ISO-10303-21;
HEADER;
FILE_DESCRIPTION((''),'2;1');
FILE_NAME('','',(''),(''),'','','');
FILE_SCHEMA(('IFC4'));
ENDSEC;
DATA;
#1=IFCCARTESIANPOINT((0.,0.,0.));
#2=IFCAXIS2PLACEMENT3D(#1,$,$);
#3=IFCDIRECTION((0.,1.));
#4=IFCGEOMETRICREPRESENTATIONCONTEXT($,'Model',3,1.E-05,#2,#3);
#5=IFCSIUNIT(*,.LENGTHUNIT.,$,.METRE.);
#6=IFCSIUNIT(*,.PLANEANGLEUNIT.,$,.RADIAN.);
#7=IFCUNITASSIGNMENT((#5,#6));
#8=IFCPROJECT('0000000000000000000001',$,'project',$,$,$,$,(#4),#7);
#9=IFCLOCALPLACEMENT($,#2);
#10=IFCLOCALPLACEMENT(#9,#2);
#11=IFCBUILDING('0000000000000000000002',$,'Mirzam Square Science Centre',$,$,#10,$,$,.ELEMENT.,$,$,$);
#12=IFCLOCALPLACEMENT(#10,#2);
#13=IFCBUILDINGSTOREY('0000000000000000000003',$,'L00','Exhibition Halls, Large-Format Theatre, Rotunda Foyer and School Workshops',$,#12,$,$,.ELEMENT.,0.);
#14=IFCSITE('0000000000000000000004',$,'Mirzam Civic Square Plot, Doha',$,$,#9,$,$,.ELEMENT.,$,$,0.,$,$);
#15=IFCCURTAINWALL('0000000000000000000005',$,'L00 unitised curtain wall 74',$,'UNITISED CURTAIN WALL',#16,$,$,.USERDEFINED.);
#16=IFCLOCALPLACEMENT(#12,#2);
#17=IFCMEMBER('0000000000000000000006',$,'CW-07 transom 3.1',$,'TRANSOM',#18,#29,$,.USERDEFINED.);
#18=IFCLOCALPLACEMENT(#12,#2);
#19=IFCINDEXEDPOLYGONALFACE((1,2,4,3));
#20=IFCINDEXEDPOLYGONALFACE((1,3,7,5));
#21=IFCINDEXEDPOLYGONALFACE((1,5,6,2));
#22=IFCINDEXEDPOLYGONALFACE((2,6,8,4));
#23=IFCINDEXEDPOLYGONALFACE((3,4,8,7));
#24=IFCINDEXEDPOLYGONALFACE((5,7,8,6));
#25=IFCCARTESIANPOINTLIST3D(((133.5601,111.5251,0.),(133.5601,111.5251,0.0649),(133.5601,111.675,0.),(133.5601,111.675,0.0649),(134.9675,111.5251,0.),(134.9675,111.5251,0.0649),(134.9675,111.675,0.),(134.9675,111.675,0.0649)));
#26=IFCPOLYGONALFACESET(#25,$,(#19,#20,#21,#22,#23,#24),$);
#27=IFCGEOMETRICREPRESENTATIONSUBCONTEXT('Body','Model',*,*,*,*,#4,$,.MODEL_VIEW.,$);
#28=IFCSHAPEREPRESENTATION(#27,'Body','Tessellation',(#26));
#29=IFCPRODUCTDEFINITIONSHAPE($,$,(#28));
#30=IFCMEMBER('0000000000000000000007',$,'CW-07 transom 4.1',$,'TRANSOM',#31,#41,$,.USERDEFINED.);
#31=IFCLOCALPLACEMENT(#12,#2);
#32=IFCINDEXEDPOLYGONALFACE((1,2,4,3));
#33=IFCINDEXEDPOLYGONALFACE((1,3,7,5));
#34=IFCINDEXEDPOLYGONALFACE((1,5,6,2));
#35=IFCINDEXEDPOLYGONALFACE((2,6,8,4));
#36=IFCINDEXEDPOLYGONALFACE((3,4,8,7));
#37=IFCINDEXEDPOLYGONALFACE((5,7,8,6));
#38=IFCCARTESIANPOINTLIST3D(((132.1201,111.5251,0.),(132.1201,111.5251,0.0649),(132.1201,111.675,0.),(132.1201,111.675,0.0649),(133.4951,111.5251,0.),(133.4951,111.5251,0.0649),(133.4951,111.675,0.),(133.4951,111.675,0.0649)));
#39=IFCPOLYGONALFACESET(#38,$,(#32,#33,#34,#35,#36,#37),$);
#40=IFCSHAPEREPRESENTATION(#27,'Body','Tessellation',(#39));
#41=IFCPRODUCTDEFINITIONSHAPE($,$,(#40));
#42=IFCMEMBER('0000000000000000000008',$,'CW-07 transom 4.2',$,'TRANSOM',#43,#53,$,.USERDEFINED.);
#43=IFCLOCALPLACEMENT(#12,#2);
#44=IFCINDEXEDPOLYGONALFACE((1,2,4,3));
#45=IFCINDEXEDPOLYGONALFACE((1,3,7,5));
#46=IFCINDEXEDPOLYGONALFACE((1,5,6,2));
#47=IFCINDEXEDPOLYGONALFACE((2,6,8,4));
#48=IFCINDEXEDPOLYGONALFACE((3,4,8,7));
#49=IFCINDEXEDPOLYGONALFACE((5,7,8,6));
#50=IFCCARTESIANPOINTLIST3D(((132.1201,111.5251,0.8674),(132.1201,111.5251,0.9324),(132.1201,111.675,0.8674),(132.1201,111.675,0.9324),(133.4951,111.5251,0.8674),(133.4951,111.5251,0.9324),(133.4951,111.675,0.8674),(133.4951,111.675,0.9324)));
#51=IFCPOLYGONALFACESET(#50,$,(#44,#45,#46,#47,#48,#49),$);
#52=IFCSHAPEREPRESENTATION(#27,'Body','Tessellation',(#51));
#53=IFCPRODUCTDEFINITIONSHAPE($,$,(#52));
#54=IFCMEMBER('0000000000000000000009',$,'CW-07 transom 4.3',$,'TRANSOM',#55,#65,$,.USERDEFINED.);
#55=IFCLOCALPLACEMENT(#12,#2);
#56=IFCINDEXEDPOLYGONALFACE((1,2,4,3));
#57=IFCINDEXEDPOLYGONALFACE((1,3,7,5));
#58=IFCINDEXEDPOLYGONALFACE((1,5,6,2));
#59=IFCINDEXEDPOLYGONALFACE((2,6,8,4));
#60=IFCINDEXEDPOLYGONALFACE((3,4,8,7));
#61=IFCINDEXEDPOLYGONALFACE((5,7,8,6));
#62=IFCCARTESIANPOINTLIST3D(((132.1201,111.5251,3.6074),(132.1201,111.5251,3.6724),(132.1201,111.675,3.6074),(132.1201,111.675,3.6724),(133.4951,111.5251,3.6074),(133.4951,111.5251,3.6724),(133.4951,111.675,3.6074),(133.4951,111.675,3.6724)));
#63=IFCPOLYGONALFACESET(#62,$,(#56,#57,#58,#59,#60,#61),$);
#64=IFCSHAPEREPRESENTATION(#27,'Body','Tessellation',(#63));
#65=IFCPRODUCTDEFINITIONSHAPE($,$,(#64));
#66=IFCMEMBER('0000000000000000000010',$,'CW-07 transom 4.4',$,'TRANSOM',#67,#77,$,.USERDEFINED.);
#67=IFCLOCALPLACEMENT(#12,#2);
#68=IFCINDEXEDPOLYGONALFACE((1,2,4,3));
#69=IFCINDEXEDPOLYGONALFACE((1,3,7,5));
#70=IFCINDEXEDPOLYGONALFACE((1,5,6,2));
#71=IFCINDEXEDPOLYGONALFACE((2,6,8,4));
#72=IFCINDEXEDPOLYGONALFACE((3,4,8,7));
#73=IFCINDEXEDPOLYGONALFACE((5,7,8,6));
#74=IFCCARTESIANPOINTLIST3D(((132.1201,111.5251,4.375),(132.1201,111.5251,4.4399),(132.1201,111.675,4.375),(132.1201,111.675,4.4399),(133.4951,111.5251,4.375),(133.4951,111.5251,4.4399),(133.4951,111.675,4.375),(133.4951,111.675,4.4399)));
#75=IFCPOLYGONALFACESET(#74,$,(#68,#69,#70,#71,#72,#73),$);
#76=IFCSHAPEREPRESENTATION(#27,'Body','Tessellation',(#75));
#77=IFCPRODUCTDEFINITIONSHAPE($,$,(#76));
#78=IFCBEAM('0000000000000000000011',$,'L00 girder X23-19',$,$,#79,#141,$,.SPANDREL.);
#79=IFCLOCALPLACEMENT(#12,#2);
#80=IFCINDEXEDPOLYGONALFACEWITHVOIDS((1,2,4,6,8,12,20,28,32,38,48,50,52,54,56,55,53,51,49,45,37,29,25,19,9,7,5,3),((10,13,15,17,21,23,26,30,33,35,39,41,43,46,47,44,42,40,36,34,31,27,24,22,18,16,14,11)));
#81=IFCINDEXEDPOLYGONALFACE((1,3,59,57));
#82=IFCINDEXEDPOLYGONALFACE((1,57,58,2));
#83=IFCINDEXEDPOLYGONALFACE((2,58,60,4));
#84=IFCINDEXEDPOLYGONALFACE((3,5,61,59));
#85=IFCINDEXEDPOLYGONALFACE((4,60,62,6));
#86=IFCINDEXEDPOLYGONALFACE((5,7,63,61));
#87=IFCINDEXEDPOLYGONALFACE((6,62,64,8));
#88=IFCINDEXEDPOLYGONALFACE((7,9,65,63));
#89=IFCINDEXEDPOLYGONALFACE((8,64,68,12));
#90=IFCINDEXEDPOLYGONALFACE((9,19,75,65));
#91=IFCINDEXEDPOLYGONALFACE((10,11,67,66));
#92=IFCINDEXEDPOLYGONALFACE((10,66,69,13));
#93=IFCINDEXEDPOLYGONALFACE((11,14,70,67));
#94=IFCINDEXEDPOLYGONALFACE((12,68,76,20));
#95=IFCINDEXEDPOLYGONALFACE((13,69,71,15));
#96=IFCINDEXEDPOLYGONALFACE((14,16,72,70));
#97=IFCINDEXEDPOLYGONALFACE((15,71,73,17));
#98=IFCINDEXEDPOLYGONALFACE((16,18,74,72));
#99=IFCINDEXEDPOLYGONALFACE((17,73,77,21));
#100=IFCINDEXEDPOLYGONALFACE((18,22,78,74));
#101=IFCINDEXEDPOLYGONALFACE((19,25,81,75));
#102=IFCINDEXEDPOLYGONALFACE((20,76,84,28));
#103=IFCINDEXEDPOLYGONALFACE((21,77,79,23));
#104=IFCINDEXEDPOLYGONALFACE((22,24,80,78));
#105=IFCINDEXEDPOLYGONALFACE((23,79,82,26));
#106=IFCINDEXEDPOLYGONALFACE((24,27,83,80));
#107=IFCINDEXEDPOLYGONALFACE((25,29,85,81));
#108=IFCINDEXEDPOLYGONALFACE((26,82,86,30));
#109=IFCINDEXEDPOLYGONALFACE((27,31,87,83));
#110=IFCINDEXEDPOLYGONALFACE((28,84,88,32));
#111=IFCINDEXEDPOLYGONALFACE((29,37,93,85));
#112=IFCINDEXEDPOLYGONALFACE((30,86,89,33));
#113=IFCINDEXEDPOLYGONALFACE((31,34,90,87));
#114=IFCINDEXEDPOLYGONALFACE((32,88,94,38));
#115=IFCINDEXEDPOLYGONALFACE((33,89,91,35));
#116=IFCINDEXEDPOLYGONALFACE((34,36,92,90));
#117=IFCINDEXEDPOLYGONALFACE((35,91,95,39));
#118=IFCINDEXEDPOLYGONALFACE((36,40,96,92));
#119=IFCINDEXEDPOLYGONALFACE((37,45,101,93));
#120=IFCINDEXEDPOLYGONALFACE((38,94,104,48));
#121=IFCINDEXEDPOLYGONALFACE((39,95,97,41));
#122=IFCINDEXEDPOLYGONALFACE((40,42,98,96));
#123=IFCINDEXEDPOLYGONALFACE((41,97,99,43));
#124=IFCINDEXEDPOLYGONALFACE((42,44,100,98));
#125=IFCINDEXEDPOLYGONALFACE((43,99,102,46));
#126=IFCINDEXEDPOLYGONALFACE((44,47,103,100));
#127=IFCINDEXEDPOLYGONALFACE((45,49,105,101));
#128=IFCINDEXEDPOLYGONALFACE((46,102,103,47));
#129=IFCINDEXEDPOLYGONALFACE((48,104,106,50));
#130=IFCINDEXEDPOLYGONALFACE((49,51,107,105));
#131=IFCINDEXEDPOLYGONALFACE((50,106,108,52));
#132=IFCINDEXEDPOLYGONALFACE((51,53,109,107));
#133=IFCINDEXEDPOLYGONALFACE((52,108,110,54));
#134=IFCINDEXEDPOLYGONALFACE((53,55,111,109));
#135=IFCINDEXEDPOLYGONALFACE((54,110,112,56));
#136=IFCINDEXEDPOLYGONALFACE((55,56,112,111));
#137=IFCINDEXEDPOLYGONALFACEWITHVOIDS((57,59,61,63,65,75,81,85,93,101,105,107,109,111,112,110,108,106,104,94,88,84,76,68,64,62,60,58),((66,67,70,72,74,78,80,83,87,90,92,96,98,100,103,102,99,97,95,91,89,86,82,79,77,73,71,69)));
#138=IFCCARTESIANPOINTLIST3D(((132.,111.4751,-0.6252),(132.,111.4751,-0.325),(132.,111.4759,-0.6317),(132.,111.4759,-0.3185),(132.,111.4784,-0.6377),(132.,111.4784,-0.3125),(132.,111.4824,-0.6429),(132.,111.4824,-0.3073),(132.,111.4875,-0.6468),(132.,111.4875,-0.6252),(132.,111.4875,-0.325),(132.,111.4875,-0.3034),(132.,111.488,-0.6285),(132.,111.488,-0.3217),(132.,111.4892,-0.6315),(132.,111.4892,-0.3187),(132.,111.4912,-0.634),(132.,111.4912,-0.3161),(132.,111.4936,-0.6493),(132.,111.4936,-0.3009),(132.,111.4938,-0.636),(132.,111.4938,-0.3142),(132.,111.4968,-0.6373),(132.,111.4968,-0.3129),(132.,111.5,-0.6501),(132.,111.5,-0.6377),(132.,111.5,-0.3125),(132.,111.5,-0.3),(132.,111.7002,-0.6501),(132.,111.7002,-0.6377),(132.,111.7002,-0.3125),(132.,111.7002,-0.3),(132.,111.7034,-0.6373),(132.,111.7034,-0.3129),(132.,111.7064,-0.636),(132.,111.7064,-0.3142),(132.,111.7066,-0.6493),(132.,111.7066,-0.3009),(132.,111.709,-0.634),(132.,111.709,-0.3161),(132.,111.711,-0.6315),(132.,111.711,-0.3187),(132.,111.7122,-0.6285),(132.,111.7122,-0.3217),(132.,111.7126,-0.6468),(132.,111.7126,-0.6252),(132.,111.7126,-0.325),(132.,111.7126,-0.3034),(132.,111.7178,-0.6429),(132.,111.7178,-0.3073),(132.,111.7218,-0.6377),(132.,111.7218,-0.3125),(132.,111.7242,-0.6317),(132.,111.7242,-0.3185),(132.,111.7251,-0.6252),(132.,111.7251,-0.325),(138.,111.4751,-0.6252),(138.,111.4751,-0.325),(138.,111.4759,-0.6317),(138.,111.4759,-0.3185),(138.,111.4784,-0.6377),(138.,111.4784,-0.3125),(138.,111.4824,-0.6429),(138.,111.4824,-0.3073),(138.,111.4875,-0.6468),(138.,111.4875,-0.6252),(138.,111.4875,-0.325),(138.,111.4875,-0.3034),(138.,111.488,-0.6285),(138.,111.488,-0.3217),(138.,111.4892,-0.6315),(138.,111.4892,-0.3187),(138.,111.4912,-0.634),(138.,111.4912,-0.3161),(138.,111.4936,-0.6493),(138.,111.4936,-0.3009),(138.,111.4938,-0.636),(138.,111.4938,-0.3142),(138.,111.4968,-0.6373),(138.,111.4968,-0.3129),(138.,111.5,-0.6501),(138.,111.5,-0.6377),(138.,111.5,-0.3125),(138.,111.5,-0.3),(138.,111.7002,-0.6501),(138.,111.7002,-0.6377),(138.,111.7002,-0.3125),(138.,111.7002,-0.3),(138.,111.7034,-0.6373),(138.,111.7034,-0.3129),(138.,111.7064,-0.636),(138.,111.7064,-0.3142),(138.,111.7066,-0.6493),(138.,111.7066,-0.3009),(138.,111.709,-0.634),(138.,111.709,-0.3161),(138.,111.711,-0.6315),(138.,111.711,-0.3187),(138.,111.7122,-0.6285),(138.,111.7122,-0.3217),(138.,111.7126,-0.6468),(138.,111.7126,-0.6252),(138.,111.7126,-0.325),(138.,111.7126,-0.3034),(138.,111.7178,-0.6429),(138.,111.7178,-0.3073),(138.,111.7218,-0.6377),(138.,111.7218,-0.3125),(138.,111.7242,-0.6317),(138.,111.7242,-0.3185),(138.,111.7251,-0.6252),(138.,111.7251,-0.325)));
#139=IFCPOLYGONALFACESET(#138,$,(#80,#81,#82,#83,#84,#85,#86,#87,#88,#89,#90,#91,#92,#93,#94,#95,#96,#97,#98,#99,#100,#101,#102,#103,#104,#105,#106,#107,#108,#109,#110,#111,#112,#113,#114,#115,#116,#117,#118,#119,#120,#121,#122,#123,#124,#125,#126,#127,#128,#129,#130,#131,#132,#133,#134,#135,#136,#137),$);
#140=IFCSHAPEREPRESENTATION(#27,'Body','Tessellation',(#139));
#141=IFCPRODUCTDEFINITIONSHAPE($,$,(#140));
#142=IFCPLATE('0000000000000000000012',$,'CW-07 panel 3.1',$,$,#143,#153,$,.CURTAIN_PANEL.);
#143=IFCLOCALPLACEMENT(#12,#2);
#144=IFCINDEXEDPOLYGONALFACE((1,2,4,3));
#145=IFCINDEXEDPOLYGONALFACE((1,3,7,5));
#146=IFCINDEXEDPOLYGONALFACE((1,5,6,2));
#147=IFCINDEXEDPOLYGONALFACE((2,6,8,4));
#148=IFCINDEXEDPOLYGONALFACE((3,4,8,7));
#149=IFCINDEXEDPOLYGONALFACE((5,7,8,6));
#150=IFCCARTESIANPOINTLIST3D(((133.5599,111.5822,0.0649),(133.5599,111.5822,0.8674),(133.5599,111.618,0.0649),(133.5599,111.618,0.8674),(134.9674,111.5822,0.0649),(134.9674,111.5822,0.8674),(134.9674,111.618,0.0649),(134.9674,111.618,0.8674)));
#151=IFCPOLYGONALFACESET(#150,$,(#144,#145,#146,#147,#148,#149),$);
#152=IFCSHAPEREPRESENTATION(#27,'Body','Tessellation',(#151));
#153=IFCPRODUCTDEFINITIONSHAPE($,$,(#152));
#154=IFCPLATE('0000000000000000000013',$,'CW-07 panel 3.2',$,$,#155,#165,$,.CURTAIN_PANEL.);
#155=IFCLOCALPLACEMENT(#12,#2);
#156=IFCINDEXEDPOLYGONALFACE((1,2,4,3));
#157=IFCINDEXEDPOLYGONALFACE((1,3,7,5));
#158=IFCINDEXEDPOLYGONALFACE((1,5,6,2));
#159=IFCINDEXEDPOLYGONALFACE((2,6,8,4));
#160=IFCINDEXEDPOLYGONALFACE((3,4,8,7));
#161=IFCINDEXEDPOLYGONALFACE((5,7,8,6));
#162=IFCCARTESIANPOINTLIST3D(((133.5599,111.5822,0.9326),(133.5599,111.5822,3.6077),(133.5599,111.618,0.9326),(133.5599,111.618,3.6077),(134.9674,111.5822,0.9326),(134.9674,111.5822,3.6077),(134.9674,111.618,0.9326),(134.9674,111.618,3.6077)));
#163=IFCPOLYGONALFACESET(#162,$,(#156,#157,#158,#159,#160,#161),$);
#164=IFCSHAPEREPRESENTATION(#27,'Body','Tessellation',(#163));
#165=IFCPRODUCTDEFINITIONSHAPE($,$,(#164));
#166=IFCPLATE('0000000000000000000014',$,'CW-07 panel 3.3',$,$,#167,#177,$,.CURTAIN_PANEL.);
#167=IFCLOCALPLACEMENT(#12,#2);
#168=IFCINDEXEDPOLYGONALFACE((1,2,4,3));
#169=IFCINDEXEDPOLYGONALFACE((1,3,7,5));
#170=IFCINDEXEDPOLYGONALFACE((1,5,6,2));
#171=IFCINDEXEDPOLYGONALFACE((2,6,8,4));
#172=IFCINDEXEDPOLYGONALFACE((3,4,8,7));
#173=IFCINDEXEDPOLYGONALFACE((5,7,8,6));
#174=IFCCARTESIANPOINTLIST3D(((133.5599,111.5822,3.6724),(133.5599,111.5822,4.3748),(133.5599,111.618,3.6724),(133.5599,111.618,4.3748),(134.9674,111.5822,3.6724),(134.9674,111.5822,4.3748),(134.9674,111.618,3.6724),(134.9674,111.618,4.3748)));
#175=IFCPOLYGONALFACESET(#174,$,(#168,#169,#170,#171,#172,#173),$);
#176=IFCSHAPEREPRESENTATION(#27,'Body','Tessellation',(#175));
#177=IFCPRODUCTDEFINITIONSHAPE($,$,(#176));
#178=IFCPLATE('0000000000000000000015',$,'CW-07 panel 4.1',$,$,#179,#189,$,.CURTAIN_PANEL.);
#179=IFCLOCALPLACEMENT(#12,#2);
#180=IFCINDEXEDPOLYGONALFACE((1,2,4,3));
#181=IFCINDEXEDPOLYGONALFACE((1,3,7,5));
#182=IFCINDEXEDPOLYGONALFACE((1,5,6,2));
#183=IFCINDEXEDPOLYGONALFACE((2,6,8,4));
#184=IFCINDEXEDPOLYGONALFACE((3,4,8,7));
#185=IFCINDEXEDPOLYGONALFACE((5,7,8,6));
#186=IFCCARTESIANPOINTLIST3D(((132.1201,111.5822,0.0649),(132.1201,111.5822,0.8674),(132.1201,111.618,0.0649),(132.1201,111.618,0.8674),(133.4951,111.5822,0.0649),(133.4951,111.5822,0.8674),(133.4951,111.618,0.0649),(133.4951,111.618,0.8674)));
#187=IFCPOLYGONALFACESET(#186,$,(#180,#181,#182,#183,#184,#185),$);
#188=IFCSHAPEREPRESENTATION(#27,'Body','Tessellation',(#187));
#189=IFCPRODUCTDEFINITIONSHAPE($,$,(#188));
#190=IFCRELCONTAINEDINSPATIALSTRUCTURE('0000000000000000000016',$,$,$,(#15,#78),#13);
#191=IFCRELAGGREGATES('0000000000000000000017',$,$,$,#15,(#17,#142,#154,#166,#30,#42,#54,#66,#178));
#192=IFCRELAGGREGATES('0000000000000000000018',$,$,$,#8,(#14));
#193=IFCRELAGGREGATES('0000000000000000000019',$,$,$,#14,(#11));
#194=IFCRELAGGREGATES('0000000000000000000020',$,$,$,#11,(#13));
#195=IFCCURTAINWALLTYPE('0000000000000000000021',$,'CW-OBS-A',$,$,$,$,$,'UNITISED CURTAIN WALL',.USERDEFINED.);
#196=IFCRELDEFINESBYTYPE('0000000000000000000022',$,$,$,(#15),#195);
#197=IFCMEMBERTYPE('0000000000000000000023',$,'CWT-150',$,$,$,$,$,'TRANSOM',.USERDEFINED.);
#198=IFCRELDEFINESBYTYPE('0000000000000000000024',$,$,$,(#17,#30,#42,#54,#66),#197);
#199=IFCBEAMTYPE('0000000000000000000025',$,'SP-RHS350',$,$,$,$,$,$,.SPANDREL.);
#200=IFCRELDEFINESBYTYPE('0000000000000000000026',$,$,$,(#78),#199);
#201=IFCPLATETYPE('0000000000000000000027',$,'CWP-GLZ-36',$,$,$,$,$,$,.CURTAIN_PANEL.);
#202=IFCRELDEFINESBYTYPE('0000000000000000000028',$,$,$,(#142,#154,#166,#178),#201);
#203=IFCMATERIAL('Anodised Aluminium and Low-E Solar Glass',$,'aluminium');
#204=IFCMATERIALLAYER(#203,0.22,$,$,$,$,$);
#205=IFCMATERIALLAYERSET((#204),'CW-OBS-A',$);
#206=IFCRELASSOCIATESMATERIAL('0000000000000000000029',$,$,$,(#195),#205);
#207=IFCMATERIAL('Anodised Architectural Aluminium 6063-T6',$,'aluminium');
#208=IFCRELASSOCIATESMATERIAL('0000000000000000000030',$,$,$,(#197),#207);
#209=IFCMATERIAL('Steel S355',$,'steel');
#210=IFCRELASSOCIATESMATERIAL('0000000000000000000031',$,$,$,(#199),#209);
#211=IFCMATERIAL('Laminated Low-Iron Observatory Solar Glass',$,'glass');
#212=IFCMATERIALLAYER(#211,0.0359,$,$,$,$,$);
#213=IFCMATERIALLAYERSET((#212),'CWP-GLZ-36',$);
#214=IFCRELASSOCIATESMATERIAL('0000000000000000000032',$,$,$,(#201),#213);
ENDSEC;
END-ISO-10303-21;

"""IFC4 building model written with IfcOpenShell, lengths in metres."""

from ifc_helpers import new_model, si_unit, direction, frame, origin, origin_2d, place, context, subcontext, project, spatial, rectangle, hollow_rectangle, extrude, material, layer, layer_set, material_profile, profile_set, type_object, element, aggregate, save


model = new_model("IFC4")

# Units and contexts
model_context = context("Model", 3, precision=1e-05, world=origin(), true_north=direction((0.0, 1.0)))
body_context = subcontext(model_context, "Body", "Model", "MODEL_VIEW")
ifc_project = project(units=[si_unit("LENGTHUNIT", "METRE"), si_unit("PLANEANGLEUNIT", "RADIAN")], contexts=[model_context])

# Site, building, storey
site_placement = place(None, origin())
site = spatial("IfcSite", under=ifc_project, at=site_placement, Name="Mirzam Civic Square Plot, Doha", CompositionType="ELEMENT", RefElevation=0.0)
building_placement = place(site_placement, origin())
building = spatial("IfcBuilding", under=site, at=building_placement, Name="Mirzam Square Science Centre", CompositionType="ELEMENT")
storey_placement = place(building_placement, origin())
storey = spatial("IfcBuildingStorey", under=building, at=storey_placement, Name="L00", Description="Exhibition Halls, Large-Format Theatre, Rotunda Foyer and School Workshops", CompositionType="ELEMENT", Elevation=0.0)

# Shared definitions
ifc_material_1 = material(Name="Steel S355", Category="steel")

# Curtain wall, members
ifc_material_2 = material(Name="Anodised Aluminium and Low-E Solar Glass", Category="aluminium")
ifc_layer_1 = layer(ifc_material_2, 0.22)
ifc_layer_set_1 = layer_set([ifc_layer_1], Name="CW-OBS-A")
curtain_wall_type = type_object("IfcCurtainWallType", Name="CW-OBS-A", ElementType="UNITISED CURTAIN WALL", PredefinedType="USERDEFINED", material=ifc_layer_set_1)
curtain_wall_placement = place(storey_placement, origin())
curtain_wall = element("IfcCurtainWall", 1, at=curtain_wall_placement, inside=storey, type_object=curtain_wall_type, Name="L00 unitised curtain wall 74", ObjectType="UNITISED CURTAIN WALL", PredefinedType="USERDEFINED")
ifc_material_3 = material(Name="Anodised Architectural Aluminium 6063-T6", Category="aluminium")
ifc_material_profile_1 = material_profile(ifc_material_3, rectangle(XDim=0.1499, YDim=0.0649, at=origin_2d()), Name="ALU-TRAN-150x65x4")
ifc_profile_set_1 = profile_set([ifc_material_profile_1], Name="Anodised Architectural Aluminium 6063-T6")
member_type_1 = type_object("IfcMemberType", Name="CWT-150", ElementType="TRANSOM", PredefinedType="USERDEFINED", material=ifc_profile_set_1)
member_1_placement = place(storey_placement, frame((134.9675, 111.6001, 0.0325), z_axis=(-1.0, 0.0, 0.0), x_axis=(0.0, -1.0, 0.0)))
member_1 = element("IfcMember", 2, at=member_1_placement, type_object=member_type_1, Name="CW-07 transom 3.1", ObjectType="TRANSOM", PredefinedType="USERDEFINED", context=body_context, shape_type="SweptSolid", body=[
    extrude(rectangle(XDim=0.1499, YDim=0.0649, at=origin_2d()), origin(), (0.0, 0.0, 1.0), 1.4075),
])
member_2_placement = place(storey_placement, frame((133.4951, 111.6001, 0.0325), z_axis=(-1.0, 0.0, 0.0), x_axis=(0.0, -1.0, 0.0)))
member_2 = element("IfcMember", 3, at=member_2_placement, type_object=member_type_1, Name="CW-07 transom 4.1", ObjectType="TRANSOM", PredefinedType="USERDEFINED", context=body_context, shape_type="SweptSolid", body=[
    extrude(rectangle(XDim=0.1499, YDim=0.0649, at=origin_2d()), origin(), (0.0, 0.0, 1.0), 1.375),
])
member_3_placement = place(storey_placement, frame((133.4951, 111.6001, 0.8999), z_axis=(-1.0, 0.0, 0.0), x_axis=(0.0, -1.0, 0.0)))
member_3 = element("IfcMember", 4, at=member_3_placement, type_object=member_type_1, Name="CW-07 transom 4.2", ObjectType="TRANSOM", PredefinedType="USERDEFINED", context=body_context, shape_type="SweptSolid", body=[
    extrude(rectangle(XDim=0.1499, YDim=0.0649, at=origin_2d()), origin(), (0.0, 0.0, 1.0), 1.375),
])
member_4_placement = place(storey_placement, frame((133.4951, 111.6001, 3.6399), z_axis=(-1.0, 0.0, 0.0), x_axis=(0.0, -1.0, 0.0)))
member_4 = element("IfcMember", 5, at=member_4_placement, type_object=member_type_1, Name="CW-07 transom 4.3", ObjectType="TRANSOM", PredefinedType="USERDEFINED", context=body_context, shape_type="SweptSolid", body=[
    extrude(rectangle(XDim=0.1499, YDim=0.0649, at=origin_2d()), origin(), (0.0, 0.0, 1.0), 1.375),
])
member_5_placement = place(storey_placement, frame((133.4951, 111.6001, 4.4075), z_axis=(-1.0, 0.0, 0.0), x_axis=(0.0, -1.0, 0.0)))
member_5 = element("IfcMember", 6, at=member_5_placement, type_object=member_type_1, Name="CW-07 transom 4.4", ObjectType="TRANSOM", PredefinedType="USERDEFINED", context=body_context, shape_type="SweptSolid", body=[
    extrude(rectangle(XDim=0.1499, YDim=0.0649, at=origin_2d()), origin(), (0.0, 0.0, 1.0), 1.375),
])

# Beam
ifc_material_profile_2 = material_profile(ifc_material_1, hollow_rectangle(XDim=0.25, YDim=0.3501, WallThickness=0.0125, InnerFilletRadius=0.0125, OuterFilletRadius=0.0249, at=origin_2d()), Name="350x250x12.5RHS")
ifc_profile_set_2 = profile_set([ifc_material_profile_2], Name="Steel S355")
beam_type = type_object("IfcBeamType", Name="SP-RHS350", PredefinedType="SPANDREL", material=ifc_profile_set_2)
beam_placement = place(storey_placement, frame((132.0, 111.6001, -0.4751), z_axis=(1.0, 0.0, 0.0), x_axis=(0.0, 1.0, 0.0)))
element("IfcBeam", 7, at=beam_placement, inside=storey, type_object=beam_type, Name="L00 girder X23-19", PredefinedType="SPANDREL", context=body_context, shape_type="SweptSolid", body=[
    extrude(hollow_rectangle(XDim=0.25, YDim=0.3501, WallThickness=0.0125, InnerFilletRadius=0.0125, OuterFilletRadius=0.0249, at=origin_2d()), origin(), (0.0, 0.0, 1.0), 6.0),
])

# Plates
ifc_material_4 = material(Name="Laminated Low-Iron Observatory Solar Glass", Category="glass")
ifc_layer_2 = layer(ifc_material_4, 0.0359)
ifc_layer_set_2 = layer_set([ifc_layer_2], Name="CWP-GLZ-36")
plate_type = type_object("IfcPlateType", Name="CWP-GLZ-36", PredefinedType="CURTAIN_PANEL", material=ifc_layer_set_2)
plate_1_placement = place(storey_placement, frame((134.2637, 111.6001, 0.0649), z_axis=(0.0, 0.0, 1.0), x_axis=(-1.0, 0.0, 0.0)))
plate_1 = element("IfcPlate", 8, at=plate_1_placement, type_object=plate_type, Name="CW-07 panel 3.1", PredefinedType="CURTAIN_PANEL", context=body_context, shape_type="SweptSolid", body=[
    extrude(rectangle(XDim=1.4075, YDim=0.0359, at=origin_2d()), origin(), (0.0, 0.0, 1.0), 0.8025),
])
plate_2_placement = place(storey_placement, frame((134.2637, 111.6001, 0.9326), z_axis=(0.0, 0.0, 1.0), x_axis=(-1.0, 0.0, 0.0)))
plate_2 = element("IfcPlate", 9, at=plate_2_placement, type_object=plate_type, Name="CW-07 panel 3.2", PredefinedType="CURTAIN_PANEL", context=body_context, shape_type="SweptSolid", body=[
    extrude(rectangle(XDim=1.4075, YDim=0.0359, at=origin_2d()), origin(), (0.0, 0.0, 1.0), 2.675),
])
plate_3_placement = place(storey_placement, frame((134.2637, 111.6001, 3.6724), z_axis=(0.0, 0.0, 1.0), x_axis=(-1.0, 0.0, 0.0)))
plate_3 = element("IfcPlate", 10, at=plate_3_placement, type_object=plate_type, Name="CW-07 panel 3.3", PredefinedType="CURTAIN_PANEL", context=body_context, shape_type="SweptSolid", body=[
    extrude(rectangle(XDim=1.4075, YDim=0.0359, at=origin_2d()), origin(), (0.0, 0.0, 1.0), 0.7024),
])
plate_4_placement = place(storey_placement, frame((132.8076, 111.6001, 0.0649), z_axis=(0.0, 0.0, 1.0), x_axis=(-1.0, 0.0, 0.0)))
plate_4 = element("IfcPlate", 11, at=plate_4_placement, type_object=plate_type, Name="CW-07 panel 4.1", PredefinedType="CURTAIN_PANEL", context=body_context, shape_type="SweptSolid", body=[
    extrude(rectangle(XDim=1.375, YDim=0.0359, at=origin_2d()), origin(), (0.0, 0.0, 1.0), 0.8025),
])
aggregate(curtain_wall, [member_1, plate_1, plate_2, plate_3, member_2, member_3, member_4, member_5, plate_4])

save(model, "model.ifc")
